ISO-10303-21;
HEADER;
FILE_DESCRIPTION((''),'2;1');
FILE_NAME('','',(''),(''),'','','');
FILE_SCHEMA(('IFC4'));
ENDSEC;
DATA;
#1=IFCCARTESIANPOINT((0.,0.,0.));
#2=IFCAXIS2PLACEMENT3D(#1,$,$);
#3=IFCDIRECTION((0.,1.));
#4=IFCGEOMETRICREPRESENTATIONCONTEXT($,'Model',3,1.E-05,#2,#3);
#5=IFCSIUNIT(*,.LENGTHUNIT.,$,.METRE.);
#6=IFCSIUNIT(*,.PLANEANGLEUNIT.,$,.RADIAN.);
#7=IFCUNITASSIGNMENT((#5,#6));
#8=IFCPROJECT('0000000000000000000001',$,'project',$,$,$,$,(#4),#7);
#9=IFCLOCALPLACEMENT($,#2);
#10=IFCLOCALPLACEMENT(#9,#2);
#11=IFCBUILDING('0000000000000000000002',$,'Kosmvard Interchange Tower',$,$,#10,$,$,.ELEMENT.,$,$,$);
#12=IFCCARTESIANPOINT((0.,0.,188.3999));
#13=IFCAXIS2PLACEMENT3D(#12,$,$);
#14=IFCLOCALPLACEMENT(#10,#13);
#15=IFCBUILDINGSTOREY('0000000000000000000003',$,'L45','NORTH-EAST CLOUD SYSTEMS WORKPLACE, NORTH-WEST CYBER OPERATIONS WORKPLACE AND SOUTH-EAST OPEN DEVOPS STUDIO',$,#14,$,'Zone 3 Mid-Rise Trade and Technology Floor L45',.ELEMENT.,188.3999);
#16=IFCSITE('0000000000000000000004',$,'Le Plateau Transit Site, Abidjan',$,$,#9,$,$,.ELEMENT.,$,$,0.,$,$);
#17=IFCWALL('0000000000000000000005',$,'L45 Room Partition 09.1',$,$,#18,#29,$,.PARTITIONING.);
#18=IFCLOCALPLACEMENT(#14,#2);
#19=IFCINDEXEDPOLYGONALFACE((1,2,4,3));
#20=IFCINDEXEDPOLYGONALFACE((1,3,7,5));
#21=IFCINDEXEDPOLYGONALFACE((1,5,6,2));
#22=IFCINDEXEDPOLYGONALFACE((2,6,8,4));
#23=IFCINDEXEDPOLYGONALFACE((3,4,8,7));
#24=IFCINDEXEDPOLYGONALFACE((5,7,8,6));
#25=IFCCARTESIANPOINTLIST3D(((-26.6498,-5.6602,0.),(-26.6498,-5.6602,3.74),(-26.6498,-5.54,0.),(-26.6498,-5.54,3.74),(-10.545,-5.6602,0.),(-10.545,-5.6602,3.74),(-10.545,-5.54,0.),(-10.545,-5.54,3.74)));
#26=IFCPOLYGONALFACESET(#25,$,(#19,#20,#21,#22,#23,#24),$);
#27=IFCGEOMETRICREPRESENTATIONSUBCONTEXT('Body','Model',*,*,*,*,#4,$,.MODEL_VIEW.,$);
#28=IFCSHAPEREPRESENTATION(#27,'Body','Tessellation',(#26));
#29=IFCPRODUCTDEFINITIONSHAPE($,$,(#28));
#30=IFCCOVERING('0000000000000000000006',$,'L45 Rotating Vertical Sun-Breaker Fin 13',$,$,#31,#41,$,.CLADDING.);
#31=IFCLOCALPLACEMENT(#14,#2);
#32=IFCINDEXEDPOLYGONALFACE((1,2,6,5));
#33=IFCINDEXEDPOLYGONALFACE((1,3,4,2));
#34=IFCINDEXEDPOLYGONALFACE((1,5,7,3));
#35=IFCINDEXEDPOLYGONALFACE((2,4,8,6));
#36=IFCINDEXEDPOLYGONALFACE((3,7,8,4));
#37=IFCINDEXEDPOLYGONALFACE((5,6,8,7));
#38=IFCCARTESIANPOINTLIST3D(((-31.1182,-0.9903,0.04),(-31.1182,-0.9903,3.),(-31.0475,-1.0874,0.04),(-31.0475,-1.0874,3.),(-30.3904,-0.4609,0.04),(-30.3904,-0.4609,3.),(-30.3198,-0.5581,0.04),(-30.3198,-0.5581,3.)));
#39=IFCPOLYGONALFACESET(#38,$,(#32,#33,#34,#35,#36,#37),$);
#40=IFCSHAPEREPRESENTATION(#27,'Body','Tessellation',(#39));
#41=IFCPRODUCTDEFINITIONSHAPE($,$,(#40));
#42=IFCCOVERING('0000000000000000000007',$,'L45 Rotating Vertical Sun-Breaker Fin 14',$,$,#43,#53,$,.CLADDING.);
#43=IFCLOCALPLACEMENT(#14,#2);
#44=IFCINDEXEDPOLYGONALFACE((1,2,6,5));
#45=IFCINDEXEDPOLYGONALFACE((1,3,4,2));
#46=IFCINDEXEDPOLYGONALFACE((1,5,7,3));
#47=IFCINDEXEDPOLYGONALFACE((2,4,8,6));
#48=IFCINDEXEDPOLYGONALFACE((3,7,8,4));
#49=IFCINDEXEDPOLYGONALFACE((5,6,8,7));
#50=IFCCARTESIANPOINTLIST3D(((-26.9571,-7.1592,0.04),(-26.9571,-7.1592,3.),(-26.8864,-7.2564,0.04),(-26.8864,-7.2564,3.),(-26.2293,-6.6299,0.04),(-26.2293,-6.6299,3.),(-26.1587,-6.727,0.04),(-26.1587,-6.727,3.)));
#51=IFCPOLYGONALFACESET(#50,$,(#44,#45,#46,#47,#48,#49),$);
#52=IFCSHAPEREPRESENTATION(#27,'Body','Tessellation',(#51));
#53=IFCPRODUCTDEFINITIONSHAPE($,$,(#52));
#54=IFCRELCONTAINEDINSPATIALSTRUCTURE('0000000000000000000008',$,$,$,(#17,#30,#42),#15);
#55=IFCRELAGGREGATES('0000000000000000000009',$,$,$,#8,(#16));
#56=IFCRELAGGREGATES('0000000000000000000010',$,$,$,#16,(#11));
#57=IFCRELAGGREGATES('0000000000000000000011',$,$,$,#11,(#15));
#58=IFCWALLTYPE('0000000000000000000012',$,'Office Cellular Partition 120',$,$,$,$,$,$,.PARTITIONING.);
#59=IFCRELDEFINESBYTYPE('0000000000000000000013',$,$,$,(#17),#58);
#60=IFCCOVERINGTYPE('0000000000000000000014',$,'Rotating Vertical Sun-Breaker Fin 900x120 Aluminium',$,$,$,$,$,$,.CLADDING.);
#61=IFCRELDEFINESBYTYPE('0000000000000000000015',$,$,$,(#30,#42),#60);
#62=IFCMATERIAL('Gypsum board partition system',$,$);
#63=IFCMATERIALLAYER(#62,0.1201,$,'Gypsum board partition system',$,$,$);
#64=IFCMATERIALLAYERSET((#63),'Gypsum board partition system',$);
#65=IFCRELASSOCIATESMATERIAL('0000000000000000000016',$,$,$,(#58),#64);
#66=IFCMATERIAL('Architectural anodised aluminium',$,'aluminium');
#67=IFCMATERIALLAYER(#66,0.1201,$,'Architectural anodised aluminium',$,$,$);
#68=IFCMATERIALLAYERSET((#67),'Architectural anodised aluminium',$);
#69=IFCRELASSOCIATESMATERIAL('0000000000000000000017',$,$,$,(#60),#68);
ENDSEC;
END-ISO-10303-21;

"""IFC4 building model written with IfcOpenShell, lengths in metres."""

from ifc_helpers import new_model, si_unit, direction, frame, frame_2d, origin, origin_2d, place, context, subcontext, project, spatial, rectangle, extrude, source, transform, mapped, material, layer, layer_set, type_object, element, save


model = new_model("IFC4")

# Units and contexts
model_context = context("Model", 3, precision=1e-05, world=origin(), true_north=direction((0.0, 1.0)))
body_context = subcontext(model_context, "Body", "Model", "MODEL_VIEW")
ifc_project = project(units=[si_unit("LENGTHUNIT", "METRE"), si_unit("PLANEANGLEUNIT", "RADIAN")], contexts=[model_context])

# Site, building, storey
site_placement = place(None, origin())
site = spatial("IfcSite", under=ifc_project, at=site_placement, Name="Le Plateau Transit Site, Abidjan", CompositionType="ELEMENT", RefElevation=0.0)
building_placement = place(site_placement, origin())
building = spatial("IfcBuilding", under=site, at=building_placement, Name="Kosmvard Interchange Tower", CompositionType="ELEMENT")
storey_placement = place(building_placement, frame((0.0, 0.0, 188.3999)))
storey = spatial("IfcBuildingStorey", under=building, at=storey_placement, Name="L45", Description="NORTH-EAST CLOUD SYSTEMS WORKPLACE, NORTH-WEST CYBER OPERATIONS WORKPLACE AND SOUTH-EAST OPEN DEVOPS STUDIO", LongName="Zone 3 Mid-Rise Trade and Technology Floor L45", CompositionType="ELEMENT", Elevation=188.3999)

# Wall
ifc_material_1 = material(Name="Gypsum board partition system")
ifc_layer_1 = layer(ifc_material_1, 0.1201, Name="Gypsum board partition system")
ifc_layer_set_1 = layer_set([ifc_layer_1], Name="Gypsum board partition system")
wall_type_1 = type_object("IfcWallType", Name="Office Cellular Partition 120", PredefinedType="PARTITIONING", material=ifc_layer_set_1)
wall_1_placement = place(storey_placement, frame((-26.6497, -5.6001, 0.0), z_axis=(0.0, 0.0, 1.0), x_axis=(1.0, 0.0, 0.0)))
element("IfcWall", 1, at=wall_1_placement, inside=storey, type_object=wall_type_1, Name="L45 Room Partition 09.1", PredefinedType="PARTITIONING", context=body_context, shape_type="SweptSolid", body=[
    extrude(rectangle(XDim=16.1047, YDim=0.1201, at=frame_2d((8.0522, 0.0))), origin(), (0.0, 0.0, 1.0), 3.74),
])

# Coverings
ifc_material_2 = material(Name="Architectural anodised aluminium", Category="aluminium")
ifc_layer_2 = layer(ifc_material_2, 0.1201, Name="Architectural anodised aluminium")
ifc_layer_set_2 = layer_set([ifc_layer_2], Name="Architectural anodised aluminium")
covering_type = type_object("IfcCoveringType", Name="Rotating Vertical Sun-Breaker Fin 900x120 Aluminium", PredefinedType="CLADDING", material=ifc_layer_set_2)
shared_shape_1 = source(origin(), body_context, "Body", "SweptSolid", [
    extrude(rectangle(XDim=0.8999, YDim=0.1201, at=origin_2d()), origin(), (0.0, 0.0, 1.0), 2.96),
])
for number, where, z_axis, x_axis, name in (
    (2, (-30.719, -0.7742, 0.04), (0.0, 0.0, 1.0), (-0.808709, -0.588209, 0.0), "L45 Rotating Vertical Sun-Breaker Fin 13"),
    (3, (-26.5579, -6.9431, 0.04), (0.0, 0.0, 1.0), (-0.808709, -0.588209, 0.0), "L45 Rotating Vertical Sun-Breaker Fin 14"),
):
    element("IfcCovering", number, at=place(storey_placement, frame(where, z_axis=z_axis, x_axis=x_axis)), inside=storey, type_object=covering_type, Name=name, PredefinedType="CLADDING", context=body_context, shape_type="MappedRepresentation", body=[
        mapped(shared_shape_1, transform((0.0, 0.0, 0.0), scale=1.0)),
    ])

save(model, "model.ifc")
